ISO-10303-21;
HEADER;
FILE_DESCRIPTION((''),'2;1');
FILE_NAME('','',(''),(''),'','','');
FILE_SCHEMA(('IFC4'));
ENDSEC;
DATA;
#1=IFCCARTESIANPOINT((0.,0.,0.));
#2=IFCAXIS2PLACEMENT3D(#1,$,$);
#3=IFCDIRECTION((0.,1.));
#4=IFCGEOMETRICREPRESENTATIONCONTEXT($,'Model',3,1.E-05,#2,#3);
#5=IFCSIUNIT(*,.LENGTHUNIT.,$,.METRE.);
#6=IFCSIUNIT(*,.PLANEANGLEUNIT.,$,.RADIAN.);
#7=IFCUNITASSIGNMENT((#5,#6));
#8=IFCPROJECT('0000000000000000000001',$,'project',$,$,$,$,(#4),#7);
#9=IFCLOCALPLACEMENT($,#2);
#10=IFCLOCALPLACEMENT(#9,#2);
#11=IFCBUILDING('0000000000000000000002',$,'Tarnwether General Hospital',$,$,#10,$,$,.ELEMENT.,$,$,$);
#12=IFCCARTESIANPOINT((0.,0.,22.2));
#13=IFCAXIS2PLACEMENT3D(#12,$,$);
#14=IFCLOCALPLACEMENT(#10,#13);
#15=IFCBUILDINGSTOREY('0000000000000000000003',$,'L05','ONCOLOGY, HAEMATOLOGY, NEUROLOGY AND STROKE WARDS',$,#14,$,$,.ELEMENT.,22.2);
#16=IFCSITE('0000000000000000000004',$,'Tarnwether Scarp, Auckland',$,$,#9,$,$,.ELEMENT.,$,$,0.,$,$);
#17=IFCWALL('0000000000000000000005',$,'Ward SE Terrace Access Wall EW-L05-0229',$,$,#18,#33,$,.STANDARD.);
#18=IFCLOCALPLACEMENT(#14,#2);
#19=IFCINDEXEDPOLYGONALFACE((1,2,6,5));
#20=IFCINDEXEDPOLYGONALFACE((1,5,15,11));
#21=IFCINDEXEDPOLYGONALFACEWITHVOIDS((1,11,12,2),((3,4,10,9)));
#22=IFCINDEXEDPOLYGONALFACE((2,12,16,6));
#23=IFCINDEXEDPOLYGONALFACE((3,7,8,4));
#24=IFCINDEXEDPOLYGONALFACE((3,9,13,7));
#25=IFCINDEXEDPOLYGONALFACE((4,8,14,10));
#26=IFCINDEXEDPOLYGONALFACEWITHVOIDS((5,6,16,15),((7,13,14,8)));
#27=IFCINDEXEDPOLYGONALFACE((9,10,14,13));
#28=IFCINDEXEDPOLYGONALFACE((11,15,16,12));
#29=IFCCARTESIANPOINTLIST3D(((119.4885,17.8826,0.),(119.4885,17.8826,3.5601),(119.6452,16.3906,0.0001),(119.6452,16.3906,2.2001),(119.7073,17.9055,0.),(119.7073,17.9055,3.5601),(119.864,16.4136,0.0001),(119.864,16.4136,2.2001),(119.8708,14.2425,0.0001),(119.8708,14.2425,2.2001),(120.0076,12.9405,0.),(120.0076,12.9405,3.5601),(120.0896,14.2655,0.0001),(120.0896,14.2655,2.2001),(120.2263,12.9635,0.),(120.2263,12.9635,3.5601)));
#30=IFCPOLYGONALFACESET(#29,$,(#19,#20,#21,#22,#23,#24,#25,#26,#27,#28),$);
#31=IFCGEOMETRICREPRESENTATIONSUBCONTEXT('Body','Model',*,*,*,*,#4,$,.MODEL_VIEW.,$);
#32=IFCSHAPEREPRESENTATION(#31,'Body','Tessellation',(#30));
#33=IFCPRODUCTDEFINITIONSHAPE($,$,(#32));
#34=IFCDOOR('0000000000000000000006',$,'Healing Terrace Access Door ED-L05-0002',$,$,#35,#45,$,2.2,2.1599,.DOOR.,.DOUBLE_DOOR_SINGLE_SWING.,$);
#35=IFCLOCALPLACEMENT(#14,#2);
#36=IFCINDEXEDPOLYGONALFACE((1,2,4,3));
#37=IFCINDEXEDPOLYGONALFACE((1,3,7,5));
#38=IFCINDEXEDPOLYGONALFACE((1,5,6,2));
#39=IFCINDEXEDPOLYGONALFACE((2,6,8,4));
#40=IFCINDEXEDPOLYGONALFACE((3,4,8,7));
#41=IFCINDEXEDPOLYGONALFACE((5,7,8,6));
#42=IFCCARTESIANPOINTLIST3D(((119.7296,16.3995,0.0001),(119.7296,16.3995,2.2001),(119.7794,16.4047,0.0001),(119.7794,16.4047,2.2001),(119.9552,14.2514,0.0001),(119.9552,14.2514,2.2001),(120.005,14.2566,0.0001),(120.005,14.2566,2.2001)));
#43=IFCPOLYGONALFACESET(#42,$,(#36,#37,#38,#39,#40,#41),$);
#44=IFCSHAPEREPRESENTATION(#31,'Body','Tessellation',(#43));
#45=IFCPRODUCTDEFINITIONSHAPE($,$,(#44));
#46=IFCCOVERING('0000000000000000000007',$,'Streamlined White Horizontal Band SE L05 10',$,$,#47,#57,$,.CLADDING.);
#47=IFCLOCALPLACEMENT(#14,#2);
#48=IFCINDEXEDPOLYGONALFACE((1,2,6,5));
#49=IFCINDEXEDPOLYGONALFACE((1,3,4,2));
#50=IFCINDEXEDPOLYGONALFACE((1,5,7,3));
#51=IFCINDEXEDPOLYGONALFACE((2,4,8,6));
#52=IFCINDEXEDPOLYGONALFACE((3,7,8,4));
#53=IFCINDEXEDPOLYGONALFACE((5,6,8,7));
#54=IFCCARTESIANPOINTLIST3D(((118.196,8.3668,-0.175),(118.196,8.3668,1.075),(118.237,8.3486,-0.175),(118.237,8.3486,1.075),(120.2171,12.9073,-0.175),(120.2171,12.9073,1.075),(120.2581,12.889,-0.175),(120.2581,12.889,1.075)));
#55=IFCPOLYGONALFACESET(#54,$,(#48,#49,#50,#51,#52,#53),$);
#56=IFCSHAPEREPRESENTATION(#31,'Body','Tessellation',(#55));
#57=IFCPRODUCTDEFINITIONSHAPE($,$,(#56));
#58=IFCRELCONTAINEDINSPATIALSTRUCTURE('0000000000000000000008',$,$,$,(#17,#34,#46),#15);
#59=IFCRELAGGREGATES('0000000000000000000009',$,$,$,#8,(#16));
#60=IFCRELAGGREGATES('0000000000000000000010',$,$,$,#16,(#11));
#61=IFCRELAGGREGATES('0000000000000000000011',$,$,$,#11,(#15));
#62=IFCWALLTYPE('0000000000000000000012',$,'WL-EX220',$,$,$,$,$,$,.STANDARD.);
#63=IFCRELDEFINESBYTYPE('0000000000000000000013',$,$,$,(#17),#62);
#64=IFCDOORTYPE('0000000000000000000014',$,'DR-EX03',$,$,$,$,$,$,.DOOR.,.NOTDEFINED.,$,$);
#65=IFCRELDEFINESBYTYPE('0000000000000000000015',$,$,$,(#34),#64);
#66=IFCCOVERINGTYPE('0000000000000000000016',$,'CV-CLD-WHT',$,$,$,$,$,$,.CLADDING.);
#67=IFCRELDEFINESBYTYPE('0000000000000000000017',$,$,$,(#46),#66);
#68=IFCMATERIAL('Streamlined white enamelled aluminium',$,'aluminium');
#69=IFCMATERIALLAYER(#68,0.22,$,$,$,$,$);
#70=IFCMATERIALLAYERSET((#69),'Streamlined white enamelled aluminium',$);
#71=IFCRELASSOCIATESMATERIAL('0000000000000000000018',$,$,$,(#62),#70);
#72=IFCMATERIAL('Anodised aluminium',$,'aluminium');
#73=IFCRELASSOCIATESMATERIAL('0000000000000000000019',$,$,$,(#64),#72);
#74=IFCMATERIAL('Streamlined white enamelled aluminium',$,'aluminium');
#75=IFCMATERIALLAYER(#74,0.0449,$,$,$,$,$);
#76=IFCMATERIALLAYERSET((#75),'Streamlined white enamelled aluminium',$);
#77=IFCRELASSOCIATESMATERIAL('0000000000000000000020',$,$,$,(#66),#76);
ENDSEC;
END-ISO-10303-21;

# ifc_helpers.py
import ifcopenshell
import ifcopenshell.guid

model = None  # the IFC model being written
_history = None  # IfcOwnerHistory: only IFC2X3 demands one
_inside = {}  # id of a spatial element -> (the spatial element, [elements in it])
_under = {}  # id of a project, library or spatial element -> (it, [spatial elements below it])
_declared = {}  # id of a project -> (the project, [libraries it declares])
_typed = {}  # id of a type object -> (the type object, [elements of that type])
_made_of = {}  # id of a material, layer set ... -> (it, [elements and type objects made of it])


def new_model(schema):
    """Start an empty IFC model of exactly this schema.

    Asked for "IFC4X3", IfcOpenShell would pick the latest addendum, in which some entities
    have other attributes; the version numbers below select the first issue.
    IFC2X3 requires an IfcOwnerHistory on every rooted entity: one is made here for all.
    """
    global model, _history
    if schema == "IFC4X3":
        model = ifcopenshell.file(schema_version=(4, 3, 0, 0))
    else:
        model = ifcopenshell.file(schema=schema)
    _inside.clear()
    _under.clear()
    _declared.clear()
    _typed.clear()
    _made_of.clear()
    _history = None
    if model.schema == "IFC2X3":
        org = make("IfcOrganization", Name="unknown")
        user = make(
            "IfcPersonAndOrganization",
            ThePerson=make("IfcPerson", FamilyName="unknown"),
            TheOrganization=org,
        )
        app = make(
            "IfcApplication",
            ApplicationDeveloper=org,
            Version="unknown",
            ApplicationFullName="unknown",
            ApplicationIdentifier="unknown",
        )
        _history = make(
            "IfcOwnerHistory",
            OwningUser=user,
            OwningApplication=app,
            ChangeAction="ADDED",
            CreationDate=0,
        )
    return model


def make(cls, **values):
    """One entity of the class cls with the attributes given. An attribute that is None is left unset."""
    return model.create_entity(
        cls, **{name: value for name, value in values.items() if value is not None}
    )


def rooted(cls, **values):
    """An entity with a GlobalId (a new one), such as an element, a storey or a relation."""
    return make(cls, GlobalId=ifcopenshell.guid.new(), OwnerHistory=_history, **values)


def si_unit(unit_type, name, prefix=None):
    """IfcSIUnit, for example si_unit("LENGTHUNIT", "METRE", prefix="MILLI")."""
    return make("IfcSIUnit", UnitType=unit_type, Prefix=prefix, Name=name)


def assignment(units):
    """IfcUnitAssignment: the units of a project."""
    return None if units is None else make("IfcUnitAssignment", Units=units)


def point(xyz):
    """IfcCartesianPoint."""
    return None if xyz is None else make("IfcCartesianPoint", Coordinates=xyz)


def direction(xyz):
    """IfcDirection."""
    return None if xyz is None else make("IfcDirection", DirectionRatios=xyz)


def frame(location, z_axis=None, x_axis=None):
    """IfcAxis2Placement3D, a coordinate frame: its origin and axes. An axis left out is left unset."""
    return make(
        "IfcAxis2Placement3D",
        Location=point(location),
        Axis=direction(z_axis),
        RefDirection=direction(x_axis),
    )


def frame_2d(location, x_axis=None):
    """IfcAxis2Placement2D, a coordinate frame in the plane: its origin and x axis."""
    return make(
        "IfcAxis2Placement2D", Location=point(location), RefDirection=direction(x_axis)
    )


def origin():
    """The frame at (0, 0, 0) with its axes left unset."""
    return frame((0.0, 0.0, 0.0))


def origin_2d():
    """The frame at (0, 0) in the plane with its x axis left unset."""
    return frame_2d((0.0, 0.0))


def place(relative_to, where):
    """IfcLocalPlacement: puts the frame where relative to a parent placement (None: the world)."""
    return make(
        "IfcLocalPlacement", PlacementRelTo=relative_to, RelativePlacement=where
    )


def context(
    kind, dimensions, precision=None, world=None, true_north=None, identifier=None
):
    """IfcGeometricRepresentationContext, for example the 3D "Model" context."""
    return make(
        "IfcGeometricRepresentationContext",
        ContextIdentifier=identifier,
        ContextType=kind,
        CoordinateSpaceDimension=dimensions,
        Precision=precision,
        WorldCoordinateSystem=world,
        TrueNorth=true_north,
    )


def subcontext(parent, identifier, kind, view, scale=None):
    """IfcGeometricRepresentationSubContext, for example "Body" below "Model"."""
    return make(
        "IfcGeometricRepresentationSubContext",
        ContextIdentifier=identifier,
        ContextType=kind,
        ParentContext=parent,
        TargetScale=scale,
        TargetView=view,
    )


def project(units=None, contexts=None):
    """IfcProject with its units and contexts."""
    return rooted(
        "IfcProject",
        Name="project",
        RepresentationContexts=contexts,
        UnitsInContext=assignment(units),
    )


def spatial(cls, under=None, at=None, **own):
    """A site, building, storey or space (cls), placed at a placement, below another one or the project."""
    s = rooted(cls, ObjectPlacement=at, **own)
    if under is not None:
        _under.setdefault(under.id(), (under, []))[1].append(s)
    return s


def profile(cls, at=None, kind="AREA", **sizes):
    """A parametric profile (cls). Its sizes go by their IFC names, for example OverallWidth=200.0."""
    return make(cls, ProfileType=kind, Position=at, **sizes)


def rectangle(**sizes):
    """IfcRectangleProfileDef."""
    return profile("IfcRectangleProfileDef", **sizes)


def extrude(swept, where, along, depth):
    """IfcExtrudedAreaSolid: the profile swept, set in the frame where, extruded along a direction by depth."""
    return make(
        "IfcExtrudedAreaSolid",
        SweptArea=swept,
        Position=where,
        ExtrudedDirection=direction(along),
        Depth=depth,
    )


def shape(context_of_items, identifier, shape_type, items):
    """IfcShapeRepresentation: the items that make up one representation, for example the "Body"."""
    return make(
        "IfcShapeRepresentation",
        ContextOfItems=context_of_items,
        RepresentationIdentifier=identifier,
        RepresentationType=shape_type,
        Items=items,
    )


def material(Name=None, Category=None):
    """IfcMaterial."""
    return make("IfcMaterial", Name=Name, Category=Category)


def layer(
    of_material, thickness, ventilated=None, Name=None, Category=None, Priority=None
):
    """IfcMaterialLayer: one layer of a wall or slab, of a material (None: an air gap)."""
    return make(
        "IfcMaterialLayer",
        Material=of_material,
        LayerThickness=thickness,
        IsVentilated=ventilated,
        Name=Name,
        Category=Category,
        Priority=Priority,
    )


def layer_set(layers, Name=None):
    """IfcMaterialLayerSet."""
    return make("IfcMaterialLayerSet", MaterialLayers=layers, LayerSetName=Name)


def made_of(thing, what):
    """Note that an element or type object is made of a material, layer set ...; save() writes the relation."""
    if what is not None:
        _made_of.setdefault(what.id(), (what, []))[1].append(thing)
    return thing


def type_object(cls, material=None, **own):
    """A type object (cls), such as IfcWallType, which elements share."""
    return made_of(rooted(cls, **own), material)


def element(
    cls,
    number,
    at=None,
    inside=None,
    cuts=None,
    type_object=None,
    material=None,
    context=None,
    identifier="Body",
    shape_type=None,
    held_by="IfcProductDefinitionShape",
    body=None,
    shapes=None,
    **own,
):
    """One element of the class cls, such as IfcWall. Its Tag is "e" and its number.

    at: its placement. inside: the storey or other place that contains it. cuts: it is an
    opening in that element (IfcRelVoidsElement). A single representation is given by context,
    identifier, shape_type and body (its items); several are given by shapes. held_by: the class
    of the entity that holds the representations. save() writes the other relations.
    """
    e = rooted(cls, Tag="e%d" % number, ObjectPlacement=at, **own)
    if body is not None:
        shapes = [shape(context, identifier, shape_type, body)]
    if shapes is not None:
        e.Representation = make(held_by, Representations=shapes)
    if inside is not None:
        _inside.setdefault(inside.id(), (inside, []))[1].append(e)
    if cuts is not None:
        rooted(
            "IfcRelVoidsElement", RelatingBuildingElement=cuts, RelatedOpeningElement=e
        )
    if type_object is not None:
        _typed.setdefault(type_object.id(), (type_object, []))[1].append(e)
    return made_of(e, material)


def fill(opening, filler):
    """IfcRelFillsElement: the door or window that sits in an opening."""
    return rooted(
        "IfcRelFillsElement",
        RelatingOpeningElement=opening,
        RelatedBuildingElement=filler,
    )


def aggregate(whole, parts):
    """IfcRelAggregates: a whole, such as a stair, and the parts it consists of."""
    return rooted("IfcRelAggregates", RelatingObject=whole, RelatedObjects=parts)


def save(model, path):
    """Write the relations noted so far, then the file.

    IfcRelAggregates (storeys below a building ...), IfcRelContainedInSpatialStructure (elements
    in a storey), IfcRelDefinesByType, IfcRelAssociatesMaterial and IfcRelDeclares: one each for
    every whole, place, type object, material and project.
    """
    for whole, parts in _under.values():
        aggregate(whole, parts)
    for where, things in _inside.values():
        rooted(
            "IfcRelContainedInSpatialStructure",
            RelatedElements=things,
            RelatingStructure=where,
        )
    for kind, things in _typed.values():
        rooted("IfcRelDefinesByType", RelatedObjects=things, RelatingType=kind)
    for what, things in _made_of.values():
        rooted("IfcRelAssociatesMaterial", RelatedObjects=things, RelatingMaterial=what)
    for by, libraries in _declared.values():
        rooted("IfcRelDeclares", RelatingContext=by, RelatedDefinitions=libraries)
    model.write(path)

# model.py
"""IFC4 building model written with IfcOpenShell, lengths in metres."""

from ifc_helpers import new_model, si_unit, direction, frame, frame_2d, origin, origin_2d, place, context, subcontext, project, spatial, rectangle, extrude, material, layer, layer_set, type_object, element, fill, save


model = new_model("IFC4")

# Units and contexts
model_context = context("Model", 3, precision=1e-05, world=origin(), true_north=direction((0.0, 1.0)))
body_context = subcontext(model_context, "Body", "Model", "MODEL_VIEW")
ifc_project = project(units=[si_unit("LENGTHUNIT", "METRE"), si_unit("PLANEANGLEUNIT", "RADIAN")], contexts=[model_context])

# Site, building, storey
site_placement = place(None, origin())
site = spatial("IfcSite", under=ifc_project, at=site_placement, Name="Tarnwether Scarp, Auckland", CompositionType="ELEMENT", RefElevation=0.0)
building_placement = place(site_placement, origin())
building = spatial("IfcBuilding", under=site, at=building_placement, Name="Tarnwether General Hospital", CompositionType="ELEMENT")
storey_placement = place(building_placement, frame((0.0, 0.0, 22.2)))
storey = spatial("IfcBuildingStorey", under=building, at=storey_placement, Name="L05", Description="ONCOLOGY, HAEMATOLOGY, NEUROLOGY AND STROKE WARDS", CompositionType="ELEMENT", Elevation=22.2)

# Shared definitions
ifc_material_1 = material(Name="Streamlined white enamelled aluminium", Category="aluminium")
ifc_layer_1 = layer(ifc_material_1, 0.22)
ifc_layer_set_1 = layer_set([ifc_layer_1], Name="Streamlined white enamelled aluminium")
wall_type = type_object("IfcWallType", Name="WL-EX220", PredefinedType="STANDARD", material=ifc_layer_set_1)

# Wall, opening, door
wall_1_placement = place(storey_placement, frame((119.5979, 17.894, 0.0), z_axis=(0.0, 0.0, 1.0), x_axis=(0.104449, -0.99453, 0.0)))
wall_1 = element("IfcWall", 1, at=wall_1_placement, inside=storey, type_object=wall_type, Name="Ward SE Terrace Access Wall EW-L05-0229", PredefinedType="STANDARD", context=body_context, shape_type="SweptSolid", body=[
    extrude(rectangle(XDim=4.9692, YDim=0.22, at=frame_2d((2.4846, 0.0))), origin(), (0.0, 0.0, 1.0), 3.5601),
])
opening_placement = place(wall_1_placement, frame((1.5, 0.0, 0.0)))
opening = element("IfcOpeningElement", 2, at=opening_placement, cuts=wall_1, PredefinedType="OPENING", context=body_context, shape_type="SweptSolid", body=[
    extrude(rectangle(XDim=2.1599, YDim=2.2, at=frame_2d((1.0801, 1.1001))), frame((0.0, 0.1201, 0.0), z_axis=(0.0, -1.0, 0.0), x_axis=(1.0, 0.0, 0.0)), (0.0, 0.0, 1.0), 0.24),
])
ifc_material_2 = material(Name="Anodised aluminium", Category="aluminium")
door_type = type_object("IfcDoorType", Name="DR-EX03", OperationType="NOTDEFINED", PredefinedType="DOOR", material=ifc_material_2)
door_placement = place(opening_placement, origin())
door = element("IfcDoor", 3, at=door_placement, inside=storey, type_object=door_type, Name="Healing Terrace Access Door ED-L05-0002", OperationType="DOUBLE_DOOR_SINGLE_SWING", OverallHeight=2.2, OverallWidth=2.1599, PredefinedType="DOOR", context=body_context, shape_type="SweptSolid", body=[
    extrude(rectangle(XDim=2.1599, YDim=2.2, at=frame_2d((1.0801, 1.1001))), frame((0.0, 0.0249, 0.0), z_axis=(0.0, -1.0, 0.0), x_axis=(1.0, 0.0, 0.0)), (0.0, 0.0, 1.0), 0.05),
])
fill(opening, door)

# Covering
ifc_material_3 = material(Name="Streamlined white enamelled aluminium", Category="aluminium")
ifc_layer_2 = layer(ifc_material_3, 0.0449)
ifc_layer_set_2 = layer_set([ifc_layer_2], Name="Streamlined white enamelled aluminium")
covering_type = type_object("IfcCoveringType", Name="CV-CLD-WHT", PredefinedType="CLADDING", material=ifc_layer_set_2)
covering_placement = place(storey_placement, frame((119.2271, 10.6279, -0.175), z_axis=(0.0, 0.0, 1.0), x_axis=(-0.406673, -0.913574, 0.0)))
element("IfcCovering", 4, at=covering_placement, inside=storey, type_object=covering_type, Name="Streamlined White Horizontal Band SE L05 10", PredefinedType="CLADDING", context=body_context, shape_type="SweptSolid", body=[
    extrude(rectangle(XDim=4.97, YDim=0.0449, at=origin_2d()), origin(), (0.0, 0.0, 1.0), 1.25),
])

save(model, "model.ifc")
